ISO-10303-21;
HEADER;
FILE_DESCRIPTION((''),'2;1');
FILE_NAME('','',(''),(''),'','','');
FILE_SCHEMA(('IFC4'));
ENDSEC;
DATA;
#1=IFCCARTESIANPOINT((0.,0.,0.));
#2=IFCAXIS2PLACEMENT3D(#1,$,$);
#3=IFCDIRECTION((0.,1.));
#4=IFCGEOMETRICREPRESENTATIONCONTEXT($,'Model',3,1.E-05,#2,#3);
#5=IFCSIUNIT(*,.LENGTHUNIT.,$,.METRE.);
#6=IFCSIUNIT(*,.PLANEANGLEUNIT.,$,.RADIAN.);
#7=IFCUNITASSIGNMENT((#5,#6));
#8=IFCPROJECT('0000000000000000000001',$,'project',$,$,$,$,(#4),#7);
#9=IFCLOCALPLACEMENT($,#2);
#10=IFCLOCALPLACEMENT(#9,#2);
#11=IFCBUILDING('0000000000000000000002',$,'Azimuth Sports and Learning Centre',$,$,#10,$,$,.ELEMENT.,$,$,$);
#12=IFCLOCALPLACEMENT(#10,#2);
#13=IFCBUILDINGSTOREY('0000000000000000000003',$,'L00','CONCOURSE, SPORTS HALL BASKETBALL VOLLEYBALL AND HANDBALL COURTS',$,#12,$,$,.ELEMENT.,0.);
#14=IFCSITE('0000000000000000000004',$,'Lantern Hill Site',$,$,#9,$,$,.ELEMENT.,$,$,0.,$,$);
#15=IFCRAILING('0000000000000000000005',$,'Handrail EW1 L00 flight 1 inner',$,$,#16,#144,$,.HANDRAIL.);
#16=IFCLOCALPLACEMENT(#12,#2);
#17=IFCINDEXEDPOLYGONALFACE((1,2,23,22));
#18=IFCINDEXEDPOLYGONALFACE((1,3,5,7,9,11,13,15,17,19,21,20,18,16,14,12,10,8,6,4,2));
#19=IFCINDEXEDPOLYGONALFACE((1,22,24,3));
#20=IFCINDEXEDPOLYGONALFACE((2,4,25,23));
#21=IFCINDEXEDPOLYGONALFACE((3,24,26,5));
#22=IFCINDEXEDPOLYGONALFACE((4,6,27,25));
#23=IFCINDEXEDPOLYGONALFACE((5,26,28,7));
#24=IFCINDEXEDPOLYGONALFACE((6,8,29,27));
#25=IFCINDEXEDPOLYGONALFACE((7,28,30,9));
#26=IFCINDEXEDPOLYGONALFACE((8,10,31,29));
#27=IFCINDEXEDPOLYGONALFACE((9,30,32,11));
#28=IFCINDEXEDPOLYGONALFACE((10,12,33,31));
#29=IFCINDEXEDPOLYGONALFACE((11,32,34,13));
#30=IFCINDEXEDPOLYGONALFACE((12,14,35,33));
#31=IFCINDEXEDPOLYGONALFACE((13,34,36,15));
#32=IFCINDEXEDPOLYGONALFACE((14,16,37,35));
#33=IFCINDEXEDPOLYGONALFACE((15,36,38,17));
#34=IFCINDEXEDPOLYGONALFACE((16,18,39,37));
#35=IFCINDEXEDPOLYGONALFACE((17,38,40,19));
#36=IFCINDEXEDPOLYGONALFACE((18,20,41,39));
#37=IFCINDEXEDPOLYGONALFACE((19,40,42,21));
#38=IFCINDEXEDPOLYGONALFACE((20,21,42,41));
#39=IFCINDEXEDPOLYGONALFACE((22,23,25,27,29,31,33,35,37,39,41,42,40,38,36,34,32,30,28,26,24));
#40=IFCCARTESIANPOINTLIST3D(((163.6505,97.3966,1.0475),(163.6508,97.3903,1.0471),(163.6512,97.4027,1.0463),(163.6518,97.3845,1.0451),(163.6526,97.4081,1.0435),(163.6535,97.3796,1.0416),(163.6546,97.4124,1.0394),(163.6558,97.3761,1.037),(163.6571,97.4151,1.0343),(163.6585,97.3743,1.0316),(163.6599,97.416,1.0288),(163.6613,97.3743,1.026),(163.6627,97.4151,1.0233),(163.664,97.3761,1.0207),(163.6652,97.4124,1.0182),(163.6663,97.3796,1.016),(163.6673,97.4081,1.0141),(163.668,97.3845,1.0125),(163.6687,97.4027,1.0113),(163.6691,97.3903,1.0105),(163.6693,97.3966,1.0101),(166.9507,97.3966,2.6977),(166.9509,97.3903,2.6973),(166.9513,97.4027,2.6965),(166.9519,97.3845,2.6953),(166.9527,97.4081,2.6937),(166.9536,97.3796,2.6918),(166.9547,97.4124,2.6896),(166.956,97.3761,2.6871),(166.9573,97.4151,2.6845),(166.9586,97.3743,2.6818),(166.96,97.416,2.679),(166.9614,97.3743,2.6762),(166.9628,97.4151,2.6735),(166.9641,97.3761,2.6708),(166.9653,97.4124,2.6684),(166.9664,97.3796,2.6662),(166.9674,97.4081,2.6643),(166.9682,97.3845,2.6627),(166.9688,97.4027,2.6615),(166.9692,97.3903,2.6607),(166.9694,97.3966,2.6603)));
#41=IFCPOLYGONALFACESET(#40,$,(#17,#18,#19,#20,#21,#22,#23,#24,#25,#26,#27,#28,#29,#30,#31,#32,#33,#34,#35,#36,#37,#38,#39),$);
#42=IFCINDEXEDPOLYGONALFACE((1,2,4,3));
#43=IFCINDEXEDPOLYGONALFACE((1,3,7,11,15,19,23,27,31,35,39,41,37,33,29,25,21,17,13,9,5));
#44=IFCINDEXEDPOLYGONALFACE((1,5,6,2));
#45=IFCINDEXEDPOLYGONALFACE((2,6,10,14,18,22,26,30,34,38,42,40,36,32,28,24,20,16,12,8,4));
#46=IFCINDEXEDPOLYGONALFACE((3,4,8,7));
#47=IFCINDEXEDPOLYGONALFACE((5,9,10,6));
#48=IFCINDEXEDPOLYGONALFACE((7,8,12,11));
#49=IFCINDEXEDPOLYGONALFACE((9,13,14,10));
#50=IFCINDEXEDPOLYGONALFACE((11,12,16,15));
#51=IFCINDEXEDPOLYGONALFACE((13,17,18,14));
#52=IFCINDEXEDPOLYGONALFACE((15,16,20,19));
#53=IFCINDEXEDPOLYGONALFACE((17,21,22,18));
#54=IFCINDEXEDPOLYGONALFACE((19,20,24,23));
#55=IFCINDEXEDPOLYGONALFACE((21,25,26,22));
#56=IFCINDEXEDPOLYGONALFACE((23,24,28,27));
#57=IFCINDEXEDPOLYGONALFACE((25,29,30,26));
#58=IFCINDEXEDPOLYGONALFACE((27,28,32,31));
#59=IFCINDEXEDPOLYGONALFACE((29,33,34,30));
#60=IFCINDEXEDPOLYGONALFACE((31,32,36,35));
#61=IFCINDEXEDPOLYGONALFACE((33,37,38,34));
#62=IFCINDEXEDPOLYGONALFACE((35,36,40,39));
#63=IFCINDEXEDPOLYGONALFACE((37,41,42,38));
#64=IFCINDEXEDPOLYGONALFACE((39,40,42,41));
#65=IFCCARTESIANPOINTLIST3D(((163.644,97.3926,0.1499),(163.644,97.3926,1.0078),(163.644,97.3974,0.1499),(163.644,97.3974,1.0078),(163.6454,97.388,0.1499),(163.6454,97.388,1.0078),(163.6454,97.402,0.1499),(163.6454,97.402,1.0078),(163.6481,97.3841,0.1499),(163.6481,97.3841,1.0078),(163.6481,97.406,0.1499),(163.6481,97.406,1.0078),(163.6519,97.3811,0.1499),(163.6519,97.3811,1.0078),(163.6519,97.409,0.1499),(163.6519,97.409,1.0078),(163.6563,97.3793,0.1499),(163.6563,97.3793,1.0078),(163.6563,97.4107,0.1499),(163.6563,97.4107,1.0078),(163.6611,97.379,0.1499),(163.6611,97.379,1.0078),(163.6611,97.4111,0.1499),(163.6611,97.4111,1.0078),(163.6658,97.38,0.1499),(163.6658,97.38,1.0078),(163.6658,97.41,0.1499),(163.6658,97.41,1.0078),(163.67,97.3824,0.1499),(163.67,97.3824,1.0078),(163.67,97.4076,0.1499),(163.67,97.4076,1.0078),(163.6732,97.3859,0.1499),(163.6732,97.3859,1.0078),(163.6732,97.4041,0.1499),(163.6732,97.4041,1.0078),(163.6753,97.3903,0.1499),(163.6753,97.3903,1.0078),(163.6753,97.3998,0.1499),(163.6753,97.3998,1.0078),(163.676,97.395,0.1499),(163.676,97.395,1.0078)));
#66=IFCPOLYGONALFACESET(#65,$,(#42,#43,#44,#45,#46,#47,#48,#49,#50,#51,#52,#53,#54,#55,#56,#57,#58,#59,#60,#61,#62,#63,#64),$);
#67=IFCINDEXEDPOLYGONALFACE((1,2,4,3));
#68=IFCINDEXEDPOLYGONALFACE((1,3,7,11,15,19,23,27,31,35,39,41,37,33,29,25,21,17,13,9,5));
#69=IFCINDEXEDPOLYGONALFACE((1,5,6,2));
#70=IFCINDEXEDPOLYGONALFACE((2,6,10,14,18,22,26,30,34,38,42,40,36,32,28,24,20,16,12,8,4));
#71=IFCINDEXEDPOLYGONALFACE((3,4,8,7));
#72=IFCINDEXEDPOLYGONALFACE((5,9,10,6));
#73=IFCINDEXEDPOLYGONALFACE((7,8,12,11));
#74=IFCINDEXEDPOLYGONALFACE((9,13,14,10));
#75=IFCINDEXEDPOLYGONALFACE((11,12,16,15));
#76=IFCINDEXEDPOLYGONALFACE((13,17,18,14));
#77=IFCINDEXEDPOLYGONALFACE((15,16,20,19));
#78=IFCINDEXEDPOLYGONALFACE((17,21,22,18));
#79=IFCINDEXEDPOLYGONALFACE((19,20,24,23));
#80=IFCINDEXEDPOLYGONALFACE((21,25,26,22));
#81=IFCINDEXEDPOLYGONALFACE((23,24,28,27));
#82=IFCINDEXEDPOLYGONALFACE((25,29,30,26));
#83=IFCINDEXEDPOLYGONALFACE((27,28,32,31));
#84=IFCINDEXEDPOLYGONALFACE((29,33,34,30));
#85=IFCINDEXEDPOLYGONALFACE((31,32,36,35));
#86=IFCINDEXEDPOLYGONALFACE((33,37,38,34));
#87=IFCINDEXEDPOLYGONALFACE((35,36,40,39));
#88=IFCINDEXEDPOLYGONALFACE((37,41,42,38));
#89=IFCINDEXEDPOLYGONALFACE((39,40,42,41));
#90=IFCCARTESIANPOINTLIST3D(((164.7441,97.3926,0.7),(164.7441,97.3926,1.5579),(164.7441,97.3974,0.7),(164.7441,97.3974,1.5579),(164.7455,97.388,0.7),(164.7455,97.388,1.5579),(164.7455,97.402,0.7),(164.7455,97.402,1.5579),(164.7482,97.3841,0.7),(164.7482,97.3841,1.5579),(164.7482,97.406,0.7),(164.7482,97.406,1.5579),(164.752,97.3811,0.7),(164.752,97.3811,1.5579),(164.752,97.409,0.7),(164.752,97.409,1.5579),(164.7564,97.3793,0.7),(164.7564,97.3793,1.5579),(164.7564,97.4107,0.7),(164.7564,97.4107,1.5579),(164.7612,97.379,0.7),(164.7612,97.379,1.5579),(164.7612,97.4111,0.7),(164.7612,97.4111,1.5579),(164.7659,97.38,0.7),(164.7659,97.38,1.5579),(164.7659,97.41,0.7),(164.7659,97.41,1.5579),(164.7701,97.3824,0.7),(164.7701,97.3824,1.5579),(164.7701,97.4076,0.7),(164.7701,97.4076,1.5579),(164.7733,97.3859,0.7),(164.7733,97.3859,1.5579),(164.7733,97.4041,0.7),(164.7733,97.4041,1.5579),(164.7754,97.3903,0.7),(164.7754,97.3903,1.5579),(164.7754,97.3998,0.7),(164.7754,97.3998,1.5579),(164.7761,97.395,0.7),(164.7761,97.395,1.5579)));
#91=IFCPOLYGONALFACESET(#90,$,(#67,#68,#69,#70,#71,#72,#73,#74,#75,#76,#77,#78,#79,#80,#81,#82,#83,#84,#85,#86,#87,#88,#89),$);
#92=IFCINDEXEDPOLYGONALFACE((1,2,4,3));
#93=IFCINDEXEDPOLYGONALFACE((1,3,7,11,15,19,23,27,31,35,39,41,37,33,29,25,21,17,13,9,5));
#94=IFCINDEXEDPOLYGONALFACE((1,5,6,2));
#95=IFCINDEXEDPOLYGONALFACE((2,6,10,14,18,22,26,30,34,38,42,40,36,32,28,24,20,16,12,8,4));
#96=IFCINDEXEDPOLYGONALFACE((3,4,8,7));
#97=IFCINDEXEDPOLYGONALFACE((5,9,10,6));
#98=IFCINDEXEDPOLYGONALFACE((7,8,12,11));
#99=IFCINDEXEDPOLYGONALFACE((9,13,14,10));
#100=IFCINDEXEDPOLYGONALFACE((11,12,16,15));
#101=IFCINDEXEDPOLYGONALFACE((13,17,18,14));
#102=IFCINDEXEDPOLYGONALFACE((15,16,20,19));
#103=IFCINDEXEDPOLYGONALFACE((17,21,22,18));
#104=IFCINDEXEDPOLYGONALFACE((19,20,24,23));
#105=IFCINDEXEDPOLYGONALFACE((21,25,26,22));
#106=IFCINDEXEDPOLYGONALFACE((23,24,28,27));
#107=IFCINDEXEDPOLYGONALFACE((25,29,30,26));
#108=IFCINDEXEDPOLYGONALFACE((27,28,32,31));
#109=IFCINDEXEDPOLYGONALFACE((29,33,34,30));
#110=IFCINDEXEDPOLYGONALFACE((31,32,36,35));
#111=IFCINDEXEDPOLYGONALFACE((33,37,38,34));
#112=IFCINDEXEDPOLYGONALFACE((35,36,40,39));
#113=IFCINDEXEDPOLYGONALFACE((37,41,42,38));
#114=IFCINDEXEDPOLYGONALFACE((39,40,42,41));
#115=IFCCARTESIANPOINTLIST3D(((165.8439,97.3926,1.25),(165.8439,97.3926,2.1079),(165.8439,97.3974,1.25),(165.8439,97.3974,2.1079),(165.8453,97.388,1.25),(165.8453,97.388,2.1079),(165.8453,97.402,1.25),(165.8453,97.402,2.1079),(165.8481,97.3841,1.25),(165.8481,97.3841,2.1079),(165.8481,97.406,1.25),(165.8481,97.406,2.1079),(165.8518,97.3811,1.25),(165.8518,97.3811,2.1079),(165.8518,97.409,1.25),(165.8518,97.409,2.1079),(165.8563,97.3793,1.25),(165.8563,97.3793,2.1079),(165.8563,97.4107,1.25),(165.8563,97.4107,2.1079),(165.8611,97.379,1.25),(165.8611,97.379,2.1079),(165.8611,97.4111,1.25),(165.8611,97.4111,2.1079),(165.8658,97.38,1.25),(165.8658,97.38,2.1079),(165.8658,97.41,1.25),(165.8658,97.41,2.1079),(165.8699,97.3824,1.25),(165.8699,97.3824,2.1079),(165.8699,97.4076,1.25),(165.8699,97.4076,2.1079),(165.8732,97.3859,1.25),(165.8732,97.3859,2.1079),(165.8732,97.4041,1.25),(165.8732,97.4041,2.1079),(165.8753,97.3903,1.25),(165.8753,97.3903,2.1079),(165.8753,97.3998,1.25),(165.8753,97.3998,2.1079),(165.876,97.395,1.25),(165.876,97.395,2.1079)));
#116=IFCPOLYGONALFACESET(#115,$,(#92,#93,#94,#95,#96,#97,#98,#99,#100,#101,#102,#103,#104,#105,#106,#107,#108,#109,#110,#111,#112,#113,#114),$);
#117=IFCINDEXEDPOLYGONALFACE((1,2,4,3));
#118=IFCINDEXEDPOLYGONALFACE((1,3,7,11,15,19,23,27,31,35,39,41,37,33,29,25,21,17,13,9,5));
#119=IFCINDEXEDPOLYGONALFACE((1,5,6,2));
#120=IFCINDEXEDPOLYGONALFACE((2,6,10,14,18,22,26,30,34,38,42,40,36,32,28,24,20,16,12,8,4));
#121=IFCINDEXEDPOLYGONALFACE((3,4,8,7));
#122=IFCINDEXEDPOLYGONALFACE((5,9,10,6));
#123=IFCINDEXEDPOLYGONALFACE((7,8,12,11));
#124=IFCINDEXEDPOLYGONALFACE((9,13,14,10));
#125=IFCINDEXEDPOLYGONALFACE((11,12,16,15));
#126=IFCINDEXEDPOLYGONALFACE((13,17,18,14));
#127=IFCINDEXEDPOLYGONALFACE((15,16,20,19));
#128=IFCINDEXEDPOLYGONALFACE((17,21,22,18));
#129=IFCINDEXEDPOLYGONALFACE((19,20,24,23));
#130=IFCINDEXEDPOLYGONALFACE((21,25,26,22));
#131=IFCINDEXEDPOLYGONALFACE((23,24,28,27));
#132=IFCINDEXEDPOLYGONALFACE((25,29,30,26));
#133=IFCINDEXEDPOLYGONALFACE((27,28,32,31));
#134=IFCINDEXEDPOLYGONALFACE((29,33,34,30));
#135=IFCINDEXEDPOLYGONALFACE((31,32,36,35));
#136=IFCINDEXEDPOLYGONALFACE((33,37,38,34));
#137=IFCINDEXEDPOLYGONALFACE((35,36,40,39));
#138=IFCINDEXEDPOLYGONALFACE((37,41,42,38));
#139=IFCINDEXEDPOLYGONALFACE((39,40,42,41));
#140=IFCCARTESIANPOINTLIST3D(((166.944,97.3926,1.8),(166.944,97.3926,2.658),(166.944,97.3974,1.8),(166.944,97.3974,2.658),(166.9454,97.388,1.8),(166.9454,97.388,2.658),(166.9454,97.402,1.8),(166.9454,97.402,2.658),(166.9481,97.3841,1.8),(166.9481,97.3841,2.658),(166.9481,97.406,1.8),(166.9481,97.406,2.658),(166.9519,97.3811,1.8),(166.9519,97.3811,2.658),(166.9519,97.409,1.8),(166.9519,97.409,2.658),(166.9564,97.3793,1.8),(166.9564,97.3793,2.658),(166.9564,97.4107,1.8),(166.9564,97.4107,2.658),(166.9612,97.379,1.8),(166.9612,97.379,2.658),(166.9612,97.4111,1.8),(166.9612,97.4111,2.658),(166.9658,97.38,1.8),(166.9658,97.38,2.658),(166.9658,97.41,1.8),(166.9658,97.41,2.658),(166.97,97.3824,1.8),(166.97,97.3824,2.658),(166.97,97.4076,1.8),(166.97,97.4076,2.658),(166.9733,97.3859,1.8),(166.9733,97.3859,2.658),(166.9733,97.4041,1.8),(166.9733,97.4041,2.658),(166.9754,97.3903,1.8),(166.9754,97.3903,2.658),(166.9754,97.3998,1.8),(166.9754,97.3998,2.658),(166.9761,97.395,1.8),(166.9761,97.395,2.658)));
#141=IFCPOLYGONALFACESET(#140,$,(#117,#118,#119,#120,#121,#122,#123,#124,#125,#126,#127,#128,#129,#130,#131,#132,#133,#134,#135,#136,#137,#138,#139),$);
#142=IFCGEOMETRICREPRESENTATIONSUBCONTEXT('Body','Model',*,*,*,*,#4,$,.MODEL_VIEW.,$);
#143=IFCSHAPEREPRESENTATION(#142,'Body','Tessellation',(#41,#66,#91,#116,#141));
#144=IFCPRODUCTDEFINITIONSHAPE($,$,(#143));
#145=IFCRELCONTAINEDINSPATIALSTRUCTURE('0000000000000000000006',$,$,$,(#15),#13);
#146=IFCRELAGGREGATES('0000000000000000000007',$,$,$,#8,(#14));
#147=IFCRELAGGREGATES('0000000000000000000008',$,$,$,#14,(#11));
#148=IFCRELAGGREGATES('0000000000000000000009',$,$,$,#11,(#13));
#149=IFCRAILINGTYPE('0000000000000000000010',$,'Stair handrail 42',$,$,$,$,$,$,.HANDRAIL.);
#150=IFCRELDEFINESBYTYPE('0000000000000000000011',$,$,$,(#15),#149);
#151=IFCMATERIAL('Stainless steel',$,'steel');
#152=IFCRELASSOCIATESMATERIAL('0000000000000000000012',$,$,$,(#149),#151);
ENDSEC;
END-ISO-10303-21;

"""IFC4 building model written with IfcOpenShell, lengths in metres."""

from ifc_helpers import new_model, si_unit, direction, frame, origin, origin_2d, place, context, subcontext, project, spatial, circle, extrude, material, type_object, element, save


model = new_model("IFC4")

# Units and contexts
model_context = context("Model", 3, precision=1e-05, world=origin(), true_north=direction((0.0, 1.0)))
body_context = subcontext(model_context, "Body", "Model", "MODEL_VIEW")
ifc_project = project(units=[si_unit("LENGTHUNIT", "METRE"), si_unit("PLANEANGLEUNIT", "RADIAN")], contexts=[model_context])

# Site, building, storey
site_placement = place(None, origin())
site = spatial("IfcSite", under=ifc_project, at=site_placement, Name="Lantern Hill Site", CompositionType="ELEMENT", RefElevation=0.0)
building_placement = place(site_placement, origin())
building = spatial("IfcBuilding", under=site, at=building_placement, Name="Azimuth Sports and Learning Centre", CompositionType="ELEMENT")
storey_placement = place(building_placement, origin())
storey = spatial("IfcBuildingStorey", under=building, at=storey_placement, Name="L00", Description="CONCOURSE, SPORTS HALL BASKETBALL VOLLEYBALL AND HANDBALL COURTS", CompositionType="ELEMENT", Elevation=0.0)

# Railing
ifc_material_1 = material(Name="Stainless steel", Category="steel")
railing_type_1 = type_object("IfcRailingType", Name="Stair handrail 42", PredefinedType="HANDRAIL", material=ifc_material_1)
railing_1_placement = place(storey_placement, frame((163.6599, 97.395, 0.1499)))
element("IfcRailing", 1, at=railing_1_placement, inside=storey, type_object=railing_type_1, Name="Handrail EW1 L00 flight 1 inner", PredefinedType="HANDRAIL", context=body_context, shape_type="SweptSolid", body=[
    extrude(circle(Radius=0.021, at=origin_2d()), frame((0.0, 0.0, 0.8789), z_axis=(0.894414, 0.0, 0.44724), x_axis=(0.0, 1.0, 0.0)), (0.0, 0.0, 1.0), 3.6897),
    extrude(circle(Radius=0.0161, at=origin_2d()), origin(), (0.0, 0.0, 1.0), 0.8579),
    extrude(circle(Radius=0.0161, at=origin_2d()), frame((1.1001, 0.0, 0.55)), (0.0, 0.0, 1.0), 0.8579),
    extrude(circle(Radius=0.0161, at=origin_2d()), frame((2.2, 0.0, 1.1001)), (0.0, 0.0, 1.0), 0.8579),
    extrude(circle(Radius=0.0161, at=origin_2d()), frame((3.3, 0.0, 1.6501)), (0.0, 0.0, 1.0), 0.8579),
])

save(model, "model.ifc")
